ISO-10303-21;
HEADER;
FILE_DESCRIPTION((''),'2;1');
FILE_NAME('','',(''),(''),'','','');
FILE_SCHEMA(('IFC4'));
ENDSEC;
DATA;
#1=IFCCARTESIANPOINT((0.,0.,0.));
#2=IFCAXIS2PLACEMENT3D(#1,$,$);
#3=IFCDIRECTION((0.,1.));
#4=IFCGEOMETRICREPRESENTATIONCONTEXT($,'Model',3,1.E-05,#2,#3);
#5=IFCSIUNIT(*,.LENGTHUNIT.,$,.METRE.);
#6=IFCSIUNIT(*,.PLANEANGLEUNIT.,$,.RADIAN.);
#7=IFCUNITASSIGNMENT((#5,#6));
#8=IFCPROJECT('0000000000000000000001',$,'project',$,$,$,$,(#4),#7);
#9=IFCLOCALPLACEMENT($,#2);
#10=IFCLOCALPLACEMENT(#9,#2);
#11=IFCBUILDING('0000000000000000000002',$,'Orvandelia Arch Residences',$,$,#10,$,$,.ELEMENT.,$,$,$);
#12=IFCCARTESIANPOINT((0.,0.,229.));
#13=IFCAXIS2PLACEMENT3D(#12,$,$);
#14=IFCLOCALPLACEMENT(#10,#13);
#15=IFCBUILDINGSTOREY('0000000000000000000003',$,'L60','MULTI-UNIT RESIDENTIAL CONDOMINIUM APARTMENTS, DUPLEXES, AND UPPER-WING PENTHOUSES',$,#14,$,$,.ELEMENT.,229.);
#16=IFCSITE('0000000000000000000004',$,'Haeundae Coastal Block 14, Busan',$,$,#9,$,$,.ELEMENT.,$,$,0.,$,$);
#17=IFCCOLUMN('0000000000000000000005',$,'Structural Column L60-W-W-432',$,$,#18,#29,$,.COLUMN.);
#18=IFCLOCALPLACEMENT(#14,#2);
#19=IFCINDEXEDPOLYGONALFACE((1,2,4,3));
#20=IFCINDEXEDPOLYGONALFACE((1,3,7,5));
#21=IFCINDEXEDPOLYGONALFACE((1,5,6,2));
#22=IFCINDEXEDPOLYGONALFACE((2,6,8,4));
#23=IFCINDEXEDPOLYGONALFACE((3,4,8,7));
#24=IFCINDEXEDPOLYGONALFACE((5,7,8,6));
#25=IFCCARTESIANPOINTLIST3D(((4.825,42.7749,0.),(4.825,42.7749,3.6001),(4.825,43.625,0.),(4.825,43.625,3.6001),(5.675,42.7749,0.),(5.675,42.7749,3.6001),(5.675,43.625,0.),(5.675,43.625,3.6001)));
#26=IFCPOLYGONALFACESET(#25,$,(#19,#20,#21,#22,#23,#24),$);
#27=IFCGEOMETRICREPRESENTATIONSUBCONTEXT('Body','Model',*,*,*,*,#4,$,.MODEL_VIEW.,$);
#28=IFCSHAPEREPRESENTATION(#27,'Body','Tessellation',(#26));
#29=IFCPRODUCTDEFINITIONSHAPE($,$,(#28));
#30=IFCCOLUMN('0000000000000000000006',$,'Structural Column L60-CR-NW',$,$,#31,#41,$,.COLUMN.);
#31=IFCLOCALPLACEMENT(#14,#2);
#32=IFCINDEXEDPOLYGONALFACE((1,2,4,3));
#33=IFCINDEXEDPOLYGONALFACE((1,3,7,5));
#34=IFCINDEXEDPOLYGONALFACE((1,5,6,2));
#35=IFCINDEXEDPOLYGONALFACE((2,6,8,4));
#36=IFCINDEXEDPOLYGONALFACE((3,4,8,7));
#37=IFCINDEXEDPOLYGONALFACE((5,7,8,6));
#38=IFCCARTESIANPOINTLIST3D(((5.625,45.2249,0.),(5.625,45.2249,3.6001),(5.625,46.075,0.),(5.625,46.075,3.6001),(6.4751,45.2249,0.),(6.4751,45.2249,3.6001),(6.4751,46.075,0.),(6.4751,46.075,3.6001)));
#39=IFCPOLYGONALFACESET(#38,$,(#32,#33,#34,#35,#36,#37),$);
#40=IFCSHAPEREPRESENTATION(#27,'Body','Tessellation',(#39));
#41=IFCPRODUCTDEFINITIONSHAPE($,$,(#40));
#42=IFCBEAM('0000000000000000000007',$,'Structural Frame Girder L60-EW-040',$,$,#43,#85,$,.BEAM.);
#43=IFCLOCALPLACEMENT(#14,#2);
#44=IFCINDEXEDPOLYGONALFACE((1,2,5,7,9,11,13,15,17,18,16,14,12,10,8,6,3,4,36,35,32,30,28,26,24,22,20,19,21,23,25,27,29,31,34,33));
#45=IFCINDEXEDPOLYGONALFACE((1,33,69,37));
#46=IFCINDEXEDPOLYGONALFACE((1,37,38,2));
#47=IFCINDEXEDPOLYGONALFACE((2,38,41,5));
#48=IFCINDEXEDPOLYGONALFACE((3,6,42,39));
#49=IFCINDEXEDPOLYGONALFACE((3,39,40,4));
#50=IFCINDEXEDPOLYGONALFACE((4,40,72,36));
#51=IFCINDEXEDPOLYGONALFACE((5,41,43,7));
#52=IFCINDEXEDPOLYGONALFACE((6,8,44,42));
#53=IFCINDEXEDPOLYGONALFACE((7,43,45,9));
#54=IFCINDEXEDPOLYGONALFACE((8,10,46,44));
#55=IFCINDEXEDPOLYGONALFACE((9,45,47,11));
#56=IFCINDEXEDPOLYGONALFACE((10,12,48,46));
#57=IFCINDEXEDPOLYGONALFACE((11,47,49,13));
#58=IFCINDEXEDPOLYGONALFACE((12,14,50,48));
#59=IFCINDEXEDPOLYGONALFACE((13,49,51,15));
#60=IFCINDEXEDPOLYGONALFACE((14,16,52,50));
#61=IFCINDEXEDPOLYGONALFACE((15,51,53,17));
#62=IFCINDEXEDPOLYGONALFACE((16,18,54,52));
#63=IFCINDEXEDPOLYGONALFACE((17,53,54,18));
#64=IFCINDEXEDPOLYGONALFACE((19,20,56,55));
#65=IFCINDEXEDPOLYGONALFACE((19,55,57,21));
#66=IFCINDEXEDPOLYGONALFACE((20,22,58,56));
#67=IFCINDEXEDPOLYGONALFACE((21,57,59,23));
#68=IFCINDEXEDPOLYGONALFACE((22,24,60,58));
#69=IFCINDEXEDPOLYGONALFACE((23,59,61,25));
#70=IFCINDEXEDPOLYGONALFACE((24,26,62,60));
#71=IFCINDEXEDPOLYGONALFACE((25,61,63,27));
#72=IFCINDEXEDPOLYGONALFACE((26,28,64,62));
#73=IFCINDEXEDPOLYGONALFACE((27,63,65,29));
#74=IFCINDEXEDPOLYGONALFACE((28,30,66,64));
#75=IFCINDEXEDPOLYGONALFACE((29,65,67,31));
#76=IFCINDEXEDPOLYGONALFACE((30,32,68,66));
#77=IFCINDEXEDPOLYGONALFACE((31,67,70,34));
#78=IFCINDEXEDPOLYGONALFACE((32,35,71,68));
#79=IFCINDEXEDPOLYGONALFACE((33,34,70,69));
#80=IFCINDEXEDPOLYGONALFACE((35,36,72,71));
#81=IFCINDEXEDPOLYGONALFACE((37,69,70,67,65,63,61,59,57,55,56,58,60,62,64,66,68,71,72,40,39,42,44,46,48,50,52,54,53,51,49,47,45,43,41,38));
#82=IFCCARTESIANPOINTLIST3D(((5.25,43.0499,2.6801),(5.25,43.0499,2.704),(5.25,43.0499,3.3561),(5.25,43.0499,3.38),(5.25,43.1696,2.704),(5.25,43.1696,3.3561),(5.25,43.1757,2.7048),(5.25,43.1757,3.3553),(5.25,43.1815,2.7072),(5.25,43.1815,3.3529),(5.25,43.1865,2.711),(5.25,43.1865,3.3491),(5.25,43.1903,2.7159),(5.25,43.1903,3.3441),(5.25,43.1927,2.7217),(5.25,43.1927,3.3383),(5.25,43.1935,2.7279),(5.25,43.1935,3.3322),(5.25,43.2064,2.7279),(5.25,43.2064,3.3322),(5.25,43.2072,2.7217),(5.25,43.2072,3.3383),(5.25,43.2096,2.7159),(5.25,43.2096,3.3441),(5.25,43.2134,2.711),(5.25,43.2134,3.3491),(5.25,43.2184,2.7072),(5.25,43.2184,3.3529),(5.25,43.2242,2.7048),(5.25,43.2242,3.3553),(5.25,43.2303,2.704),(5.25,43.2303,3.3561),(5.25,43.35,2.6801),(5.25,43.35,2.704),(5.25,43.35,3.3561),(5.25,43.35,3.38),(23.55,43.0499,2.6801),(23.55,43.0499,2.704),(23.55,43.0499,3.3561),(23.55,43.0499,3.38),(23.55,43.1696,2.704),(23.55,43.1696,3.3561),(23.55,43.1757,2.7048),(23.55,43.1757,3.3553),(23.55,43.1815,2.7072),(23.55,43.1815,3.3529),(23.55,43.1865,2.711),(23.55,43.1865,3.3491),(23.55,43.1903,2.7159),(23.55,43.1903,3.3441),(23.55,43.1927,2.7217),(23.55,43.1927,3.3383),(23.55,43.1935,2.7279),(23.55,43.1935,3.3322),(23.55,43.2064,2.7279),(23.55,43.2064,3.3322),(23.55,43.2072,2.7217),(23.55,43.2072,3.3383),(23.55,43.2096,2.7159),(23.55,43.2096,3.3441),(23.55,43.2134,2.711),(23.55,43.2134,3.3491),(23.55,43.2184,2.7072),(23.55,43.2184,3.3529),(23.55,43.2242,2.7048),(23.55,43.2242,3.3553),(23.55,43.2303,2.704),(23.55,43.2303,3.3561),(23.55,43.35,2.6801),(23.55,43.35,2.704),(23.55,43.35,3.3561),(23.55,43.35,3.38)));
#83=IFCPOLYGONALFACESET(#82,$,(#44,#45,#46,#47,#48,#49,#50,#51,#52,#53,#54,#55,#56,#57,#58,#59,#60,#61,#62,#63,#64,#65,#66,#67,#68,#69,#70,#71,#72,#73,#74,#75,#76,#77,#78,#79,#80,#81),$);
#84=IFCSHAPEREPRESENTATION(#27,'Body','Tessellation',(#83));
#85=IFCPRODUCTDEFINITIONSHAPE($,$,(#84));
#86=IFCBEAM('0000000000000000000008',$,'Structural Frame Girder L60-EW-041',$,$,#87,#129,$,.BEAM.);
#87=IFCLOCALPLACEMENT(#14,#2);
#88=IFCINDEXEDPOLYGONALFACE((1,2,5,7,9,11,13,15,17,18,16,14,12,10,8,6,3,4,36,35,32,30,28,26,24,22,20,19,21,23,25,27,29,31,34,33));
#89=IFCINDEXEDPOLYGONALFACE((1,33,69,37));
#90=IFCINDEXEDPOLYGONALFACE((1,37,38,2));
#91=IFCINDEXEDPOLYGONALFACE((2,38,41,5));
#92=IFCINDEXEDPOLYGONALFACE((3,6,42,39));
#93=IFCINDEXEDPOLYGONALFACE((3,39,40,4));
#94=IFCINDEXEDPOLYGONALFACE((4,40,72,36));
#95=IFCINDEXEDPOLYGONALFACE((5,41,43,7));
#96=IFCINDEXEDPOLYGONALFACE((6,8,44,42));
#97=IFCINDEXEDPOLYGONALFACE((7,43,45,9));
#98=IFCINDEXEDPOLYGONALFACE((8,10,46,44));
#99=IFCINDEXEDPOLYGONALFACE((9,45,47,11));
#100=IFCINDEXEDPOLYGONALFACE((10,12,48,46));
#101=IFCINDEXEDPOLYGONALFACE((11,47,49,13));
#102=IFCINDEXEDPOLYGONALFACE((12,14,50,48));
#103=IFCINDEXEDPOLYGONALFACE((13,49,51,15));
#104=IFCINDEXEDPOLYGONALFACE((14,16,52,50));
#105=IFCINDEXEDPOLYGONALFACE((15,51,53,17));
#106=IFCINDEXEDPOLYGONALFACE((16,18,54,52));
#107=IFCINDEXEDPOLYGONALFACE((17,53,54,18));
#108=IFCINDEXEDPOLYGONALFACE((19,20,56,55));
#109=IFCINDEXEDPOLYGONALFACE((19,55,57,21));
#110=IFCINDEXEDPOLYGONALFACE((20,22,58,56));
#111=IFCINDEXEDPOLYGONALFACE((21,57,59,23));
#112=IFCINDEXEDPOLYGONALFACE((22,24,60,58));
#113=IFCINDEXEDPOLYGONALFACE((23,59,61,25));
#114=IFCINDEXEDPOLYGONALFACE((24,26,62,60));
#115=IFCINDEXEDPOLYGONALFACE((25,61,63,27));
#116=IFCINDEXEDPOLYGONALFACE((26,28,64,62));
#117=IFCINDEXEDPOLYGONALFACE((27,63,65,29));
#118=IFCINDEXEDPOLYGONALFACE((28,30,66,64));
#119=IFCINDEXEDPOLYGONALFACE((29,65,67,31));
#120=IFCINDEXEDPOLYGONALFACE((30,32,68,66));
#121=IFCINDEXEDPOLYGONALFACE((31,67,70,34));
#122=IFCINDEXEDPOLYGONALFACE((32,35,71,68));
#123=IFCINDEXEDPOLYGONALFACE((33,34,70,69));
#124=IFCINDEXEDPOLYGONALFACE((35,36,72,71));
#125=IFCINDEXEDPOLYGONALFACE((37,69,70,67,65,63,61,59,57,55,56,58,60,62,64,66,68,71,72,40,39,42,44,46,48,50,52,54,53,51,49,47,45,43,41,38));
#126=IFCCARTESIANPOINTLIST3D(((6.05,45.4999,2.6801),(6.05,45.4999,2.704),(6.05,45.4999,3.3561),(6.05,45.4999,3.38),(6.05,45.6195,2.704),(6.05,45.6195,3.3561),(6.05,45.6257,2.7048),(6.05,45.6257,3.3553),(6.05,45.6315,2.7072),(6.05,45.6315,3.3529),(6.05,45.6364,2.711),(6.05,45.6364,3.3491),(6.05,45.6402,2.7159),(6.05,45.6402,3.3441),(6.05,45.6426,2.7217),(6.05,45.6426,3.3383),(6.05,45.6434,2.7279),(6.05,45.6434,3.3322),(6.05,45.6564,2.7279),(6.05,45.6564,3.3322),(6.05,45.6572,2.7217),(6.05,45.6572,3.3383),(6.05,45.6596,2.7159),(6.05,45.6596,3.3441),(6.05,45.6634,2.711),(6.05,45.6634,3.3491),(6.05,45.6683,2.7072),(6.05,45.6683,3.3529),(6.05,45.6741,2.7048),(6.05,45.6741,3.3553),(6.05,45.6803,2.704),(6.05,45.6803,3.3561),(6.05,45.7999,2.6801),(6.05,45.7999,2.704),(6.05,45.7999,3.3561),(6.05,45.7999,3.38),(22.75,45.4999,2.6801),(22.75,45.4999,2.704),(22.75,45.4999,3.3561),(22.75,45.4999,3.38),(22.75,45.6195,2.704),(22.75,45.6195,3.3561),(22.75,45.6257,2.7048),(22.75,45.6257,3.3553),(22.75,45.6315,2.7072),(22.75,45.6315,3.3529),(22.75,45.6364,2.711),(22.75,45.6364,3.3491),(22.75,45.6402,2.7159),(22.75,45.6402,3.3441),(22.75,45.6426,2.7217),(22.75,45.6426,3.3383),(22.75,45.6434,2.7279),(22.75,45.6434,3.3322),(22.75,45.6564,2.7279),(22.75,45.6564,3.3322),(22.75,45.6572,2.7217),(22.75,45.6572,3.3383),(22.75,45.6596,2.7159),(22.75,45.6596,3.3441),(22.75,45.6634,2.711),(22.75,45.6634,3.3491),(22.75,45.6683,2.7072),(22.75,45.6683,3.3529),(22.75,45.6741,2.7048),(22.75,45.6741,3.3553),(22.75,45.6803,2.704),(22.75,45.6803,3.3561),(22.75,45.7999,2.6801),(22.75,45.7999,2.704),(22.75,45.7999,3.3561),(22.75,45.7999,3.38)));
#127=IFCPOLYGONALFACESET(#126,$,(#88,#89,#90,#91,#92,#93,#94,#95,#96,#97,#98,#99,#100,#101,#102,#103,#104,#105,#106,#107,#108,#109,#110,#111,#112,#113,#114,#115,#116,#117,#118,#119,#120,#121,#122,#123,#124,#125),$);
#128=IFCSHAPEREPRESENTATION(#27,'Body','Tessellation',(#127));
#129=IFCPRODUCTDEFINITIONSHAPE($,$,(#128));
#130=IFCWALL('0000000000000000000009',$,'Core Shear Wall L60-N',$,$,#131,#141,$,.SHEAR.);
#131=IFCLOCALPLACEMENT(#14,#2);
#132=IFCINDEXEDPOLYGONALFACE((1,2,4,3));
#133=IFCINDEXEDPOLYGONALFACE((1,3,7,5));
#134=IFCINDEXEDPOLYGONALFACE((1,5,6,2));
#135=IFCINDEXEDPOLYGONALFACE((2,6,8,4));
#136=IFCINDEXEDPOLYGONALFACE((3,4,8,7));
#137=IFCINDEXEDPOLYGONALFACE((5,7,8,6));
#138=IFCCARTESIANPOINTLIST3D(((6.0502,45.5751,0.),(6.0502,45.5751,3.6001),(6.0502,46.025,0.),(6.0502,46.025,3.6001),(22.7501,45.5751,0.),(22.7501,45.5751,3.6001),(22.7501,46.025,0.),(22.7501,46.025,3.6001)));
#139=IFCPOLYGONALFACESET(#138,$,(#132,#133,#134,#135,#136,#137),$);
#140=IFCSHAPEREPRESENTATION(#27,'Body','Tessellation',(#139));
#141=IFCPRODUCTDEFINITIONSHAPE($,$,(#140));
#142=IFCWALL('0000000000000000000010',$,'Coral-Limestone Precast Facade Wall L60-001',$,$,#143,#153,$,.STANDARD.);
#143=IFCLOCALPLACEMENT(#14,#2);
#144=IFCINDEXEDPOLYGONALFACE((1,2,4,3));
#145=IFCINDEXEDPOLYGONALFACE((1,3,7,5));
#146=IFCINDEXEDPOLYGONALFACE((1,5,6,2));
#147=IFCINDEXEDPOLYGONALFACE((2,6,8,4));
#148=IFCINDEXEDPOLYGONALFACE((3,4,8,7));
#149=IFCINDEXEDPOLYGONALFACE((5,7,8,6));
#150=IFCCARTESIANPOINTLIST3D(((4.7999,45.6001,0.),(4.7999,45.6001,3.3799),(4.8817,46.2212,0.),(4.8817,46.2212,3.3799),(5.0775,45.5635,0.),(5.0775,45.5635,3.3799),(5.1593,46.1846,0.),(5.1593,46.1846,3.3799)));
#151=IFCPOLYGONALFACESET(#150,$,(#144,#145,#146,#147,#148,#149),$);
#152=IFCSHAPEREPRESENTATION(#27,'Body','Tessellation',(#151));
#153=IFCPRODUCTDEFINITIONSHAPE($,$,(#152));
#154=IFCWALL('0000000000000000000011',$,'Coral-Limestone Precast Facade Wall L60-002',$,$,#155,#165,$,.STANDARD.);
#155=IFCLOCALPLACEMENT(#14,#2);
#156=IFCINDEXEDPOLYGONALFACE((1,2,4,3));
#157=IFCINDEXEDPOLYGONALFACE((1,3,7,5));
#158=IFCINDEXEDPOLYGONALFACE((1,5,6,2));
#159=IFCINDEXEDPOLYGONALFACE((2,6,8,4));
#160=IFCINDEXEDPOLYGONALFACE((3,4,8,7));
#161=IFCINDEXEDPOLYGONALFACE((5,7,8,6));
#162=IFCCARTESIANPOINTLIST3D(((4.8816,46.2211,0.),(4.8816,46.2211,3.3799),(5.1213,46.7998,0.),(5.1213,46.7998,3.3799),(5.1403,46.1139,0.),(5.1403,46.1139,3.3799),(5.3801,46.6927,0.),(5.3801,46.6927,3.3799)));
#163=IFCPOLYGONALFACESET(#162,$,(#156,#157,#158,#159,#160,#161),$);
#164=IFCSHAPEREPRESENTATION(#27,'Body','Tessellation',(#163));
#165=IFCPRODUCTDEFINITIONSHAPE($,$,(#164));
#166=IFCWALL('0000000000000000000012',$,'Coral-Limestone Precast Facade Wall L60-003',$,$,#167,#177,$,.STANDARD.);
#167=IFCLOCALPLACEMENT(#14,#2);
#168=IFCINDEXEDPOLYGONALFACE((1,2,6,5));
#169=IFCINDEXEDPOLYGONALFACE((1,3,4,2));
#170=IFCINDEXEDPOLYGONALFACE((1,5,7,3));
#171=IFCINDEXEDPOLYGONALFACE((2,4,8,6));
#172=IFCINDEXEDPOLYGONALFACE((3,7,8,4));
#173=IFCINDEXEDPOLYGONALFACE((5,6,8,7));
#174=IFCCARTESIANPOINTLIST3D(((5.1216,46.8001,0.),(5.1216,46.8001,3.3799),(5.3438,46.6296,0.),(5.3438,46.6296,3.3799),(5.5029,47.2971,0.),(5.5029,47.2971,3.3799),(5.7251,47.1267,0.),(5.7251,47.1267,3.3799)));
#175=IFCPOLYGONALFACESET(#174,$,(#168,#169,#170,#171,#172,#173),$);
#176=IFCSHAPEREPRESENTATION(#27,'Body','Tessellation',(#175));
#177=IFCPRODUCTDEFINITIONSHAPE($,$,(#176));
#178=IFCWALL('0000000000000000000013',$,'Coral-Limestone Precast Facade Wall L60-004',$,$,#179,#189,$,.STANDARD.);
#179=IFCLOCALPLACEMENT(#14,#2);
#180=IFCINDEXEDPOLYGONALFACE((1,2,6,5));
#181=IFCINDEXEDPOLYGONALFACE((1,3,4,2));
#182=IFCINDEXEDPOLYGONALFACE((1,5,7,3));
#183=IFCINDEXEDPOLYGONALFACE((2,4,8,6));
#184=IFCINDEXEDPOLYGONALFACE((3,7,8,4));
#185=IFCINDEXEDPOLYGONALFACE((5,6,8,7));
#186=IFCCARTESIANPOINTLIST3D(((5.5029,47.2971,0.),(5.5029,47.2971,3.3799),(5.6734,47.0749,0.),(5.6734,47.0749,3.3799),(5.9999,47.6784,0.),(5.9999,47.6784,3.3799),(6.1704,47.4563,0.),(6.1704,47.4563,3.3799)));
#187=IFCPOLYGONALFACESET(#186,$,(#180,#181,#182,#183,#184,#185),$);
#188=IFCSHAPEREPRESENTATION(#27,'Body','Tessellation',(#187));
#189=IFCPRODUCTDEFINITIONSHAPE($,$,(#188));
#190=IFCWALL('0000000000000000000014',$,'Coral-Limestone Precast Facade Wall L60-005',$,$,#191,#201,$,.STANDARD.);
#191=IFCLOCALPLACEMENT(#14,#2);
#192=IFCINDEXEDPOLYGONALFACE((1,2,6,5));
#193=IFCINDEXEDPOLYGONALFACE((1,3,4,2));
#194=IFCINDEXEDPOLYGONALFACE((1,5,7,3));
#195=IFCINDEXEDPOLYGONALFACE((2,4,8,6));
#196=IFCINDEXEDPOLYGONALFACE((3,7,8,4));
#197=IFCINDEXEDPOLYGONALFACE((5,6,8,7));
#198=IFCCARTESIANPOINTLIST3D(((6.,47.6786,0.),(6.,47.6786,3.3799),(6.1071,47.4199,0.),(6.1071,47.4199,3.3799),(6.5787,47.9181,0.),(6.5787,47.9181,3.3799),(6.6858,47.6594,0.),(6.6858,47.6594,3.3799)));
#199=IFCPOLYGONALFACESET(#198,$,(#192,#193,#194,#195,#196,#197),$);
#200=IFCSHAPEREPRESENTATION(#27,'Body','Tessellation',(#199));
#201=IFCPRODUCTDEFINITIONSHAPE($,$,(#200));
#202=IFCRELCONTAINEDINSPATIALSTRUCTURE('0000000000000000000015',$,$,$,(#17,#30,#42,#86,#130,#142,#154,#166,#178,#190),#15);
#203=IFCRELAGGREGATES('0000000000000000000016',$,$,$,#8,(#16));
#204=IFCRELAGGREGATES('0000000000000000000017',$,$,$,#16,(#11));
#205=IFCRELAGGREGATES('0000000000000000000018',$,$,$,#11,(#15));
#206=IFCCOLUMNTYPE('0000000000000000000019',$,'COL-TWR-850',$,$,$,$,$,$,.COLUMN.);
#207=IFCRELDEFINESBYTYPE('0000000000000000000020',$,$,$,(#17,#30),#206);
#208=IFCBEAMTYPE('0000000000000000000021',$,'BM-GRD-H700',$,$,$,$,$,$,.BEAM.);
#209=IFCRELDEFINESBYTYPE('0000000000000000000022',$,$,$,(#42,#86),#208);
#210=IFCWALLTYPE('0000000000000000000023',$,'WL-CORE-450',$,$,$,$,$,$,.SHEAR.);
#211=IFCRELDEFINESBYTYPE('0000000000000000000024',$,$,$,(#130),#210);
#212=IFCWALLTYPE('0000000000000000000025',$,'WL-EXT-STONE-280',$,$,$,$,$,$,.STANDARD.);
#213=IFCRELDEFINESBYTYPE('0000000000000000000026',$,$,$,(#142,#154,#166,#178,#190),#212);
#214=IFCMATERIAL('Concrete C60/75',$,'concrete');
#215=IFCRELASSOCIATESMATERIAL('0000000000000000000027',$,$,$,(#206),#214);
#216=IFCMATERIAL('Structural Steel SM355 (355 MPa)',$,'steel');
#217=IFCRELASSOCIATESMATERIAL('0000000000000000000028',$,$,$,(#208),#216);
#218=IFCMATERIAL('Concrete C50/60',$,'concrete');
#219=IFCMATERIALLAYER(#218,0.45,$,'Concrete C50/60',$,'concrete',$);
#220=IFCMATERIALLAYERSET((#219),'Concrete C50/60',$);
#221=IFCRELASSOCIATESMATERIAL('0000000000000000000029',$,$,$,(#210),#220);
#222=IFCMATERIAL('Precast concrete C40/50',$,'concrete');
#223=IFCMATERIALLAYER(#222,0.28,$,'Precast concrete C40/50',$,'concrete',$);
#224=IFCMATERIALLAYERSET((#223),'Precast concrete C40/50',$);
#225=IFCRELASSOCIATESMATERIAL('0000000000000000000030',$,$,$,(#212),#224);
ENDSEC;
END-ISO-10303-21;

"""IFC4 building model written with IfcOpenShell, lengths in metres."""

from ifc_helpers import new_model, si_unit, direction, frame, frame_2d, origin, origin_2d, place, context, subcontext, project, spatial, rectangle, i_section, extrude, material, layer, layer_set, material_profile, profile_set, type_object, element, save


model = new_model("IFC4")

# Units and contexts
model_context = context("Model", 3, precision=1e-05, world=origin(), true_north=direction((0.0, 1.0)))
body_context = subcontext(model_context, "Body", "Model", "MODEL_VIEW")
ifc_project = project(units=[si_unit("LENGTHUNIT", "METRE"), si_unit("PLANEANGLEUNIT", "RADIAN")], contexts=[model_context])

# Site, building, storey
site_placement = place(None, origin())
site = spatial("IfcSite", under=ifc_project, at=site_placement, Name="Haeundae Coastal Block 14, Busan", CompositionType="ELEMENT", RefElevation=0.0)
building_placement = place(site_placement, origin())
building = spatial("IfcBuilding", under=site, at=building_placement, Name="Orvandelia Arch Residences", CompositionType="ELEMENT")
storey_placement = place(building_placement, frame((0.0, 0.0, 229.0)))
storey = spatial("IfcBuildingStorey", under=building, at=storey_placement, Name="L60", Description="MULTI-UNIT RESIDENTIAL CONDOMINIUM APARTMENTS, DUPLEXES, AND UPPER-WING PENTHOUSES", CompositionType="ELEMENT", Elevation=229.0)

# Columns
ifc_material_1 = material(Name="Concrete C60/75", Category="concrete")
ifc_material_profile_1 = material_profile(ifc_material_1, rectangle(XDim=0.8501, YDim=0.8501, at=origin_2d()), Name="Concrete C60/75", Category="concrete")
ifc_profile_set_1 = profile_set([ifc_material_profile_1], Name="Concrete C60/75")
column_type = type_object("IfcColumnType", Name="COL-TWR-850", PredefinedType="COLUMN", material=ifc_profile_set_1)
for number, where, z_axis, x_axis, name in (
    (1, (5.25, 43.2, 0.0), (0.0, 0.0, 1.0), (1.0, 0.0, 0.0), "Structural Column L60-W-W-432"),
    (2, (6.05, 45.6499, 0.0), (0.0, 0.0, 1.0), (1.0, 0.0, 0.0), "Structural Column L60-CR-NW"),
):
    element("IfcColumn", number, at=place(storey_placement, frame(where, z_axis=z_axis, x_axis=x_axis)), inside=storey, type_object=column_type, Name=name, PredefinedType="COLUMN", context=body_context, shape_type="SweptSolid", body=[
        extrude(rectangle(XDim=0.8501, YDim=0.8501, at=origin_2d()), origin(), (0.0, 0.0, 1.0), 3.6001),
    ])

# Beams
ifc_material_2 = material(Name="Structural Steel SM355 (355 MPa)", Category="steel")
ifc_material_profile_2 = material_profile(ifc_material_2, i_section(OverallWidth=0.3, OverallDepth=0.7, WebThickness=0.0129, FlangeThickness=0.0239, FilletRadius=0.0239, at=origin_2d()), Name="Structural Steel SM355 (355 MPa)", Category="steel")
ifc_profile_set_2 = profile_set([ifc_material_profile_2], Name="Structural Steel SM355 (355 MPa)")
beam_type = type_object("IfcBeamType", Name="BM-GRD-H700", PredefinedType="BEAM", material=ifc_profile_set_2)
beam_1_placement = place(storey_placement, frame((5.25, 43.2, 3.03), z_axis=(1.0, 0.0, 0.0), x_axis=(0.0, 1.0, 0.0)))
element("IfcBeam", 3, at=beam_1_placement, inside=storey, type_object=beam_type, Name="Structural Frame Girder L60-EW-040", PredefinedType="BEAM", context=body_context, shape_type="SweptSolid", body=[
    extrude(i_section(OverallWidth=0.3, OverallDepth=0.7, WebThickness=0.0129, FlangeThickness=0.0239, FilletRadius=0.0239, at=origin_2d()), origin(), (0.0, 0.0, 1.0), 18.3),
])
beam_2_placement = place(storey_placement, frame((6.05, 45.6499, 3.03), z_axis=(1.0, 0.0, 0.0), x_axis=(0.0, 1.0, 0.0)))
element("IfcBeam", 4, at=beam_2_placement, inside=storey, type_object=beam_type, Name="Structural Frame Girder L60-EW-041", PredefinedType="BEAM", context=body_context, shape_type="SweptSolid", body=[
    extrude(i_section(OverallWidth=0.3, OverallDepth=0.7, WebThickness=0.0129, FlangeThickness=0.0239, FilletRadius=0.0239, at=origin_2d()), origin(), (0.0, 0.0, 1.0), 16.7),
])

# Walls
ifc_material_3 = material(Name="Concrete C50/60", Category="concrete")
ifc_layer_1 = layer(ifc_material_3, 0.45, Name="Concrete C50/60", Category="concrete")
ifc_layer_set_1 = layer_set([ifc_layer_1], Name="Concrete C50/60")
wall_type_1 = type_object("IfcWallType", Name="WL-CORE-450", PredefinedType="SHEAR", material=ifc_layer_set_1)
wall_1_placement = place(storey_placement, frame((6.05, 45.8, 0.0), z_axis=(0.0, 0.0, 1.0), x_axis=(1.0, 0.0, 0.0)))
element("IfcWall", 5, at=wall_1_placement, inside=storey, type_object=wall_type_1, Name="Core Shear Wall L60-N", PredefinedType="SHEAR", context=body_context, shape_type="SweptSolid", body=[
    extrude(rectangle(XDim=16.7, YDim=0.45, at=frame_2d((8.3501, 0.0))), origin(), (0.0, 0.0, 1.0), 3.6001),
])
ifc_material_4 = material(Name="Precast concrete C40/50", Category="concrete")
ifc_layer_2 = layer(ifc_material_4, 0.28, Name="Precast concrete C40/50", Category="concrete")
ifc_layer_set_2 = layer_set([ifc_layer_2], Name="Precast concrete C40/50")
wall_type_2 = type_object("IfcWallType", Name="WL-EXT-STONE-280", PredefinedType="STANDARD", material=ifc_layer_set_2)
for number, where, z_axis, x_axis, name in (
    (6, (4.9387, 45.5818, 0.0), (0.0, 0.0, 1.0), (0.130555, 0.991441, 0.0), "Coral-Limestone Precast Facade Wall L60-001"),
    (7, (5.011, 46.1675, 0.0), (0.0, 0.0, 1.0), (0.38265, 0.923893, 0.0), "Coral-Limestone Precast Facade Wall L60-002"),
    (8, (5.2327, 46.7148, 0.0), (0.0, 0.0, 1.0), (0.608693, 0.793406, 0.0), "Coral-Limestone Precast Facade Wall L60-003"),
    (9, (5.5881, 47.186, 0.0), (0.0, 0.0, 1.0), (0.793406, 0.608693, 0.0), "Coral-Limestone Precast Facade Wall L60-004"),
):
    element("IfcWall", number, at=place(storey_placement, frame(where, z_axis=z_axis, x_axis=x_axis)), inside=storey, type_object=wall_type_2, Name=name, PredefinedType="STANDARD", context=body_context, shape_type="SweptSolid", body=[
        extrude(rectangle(XDim=0.6265, YDim=0.28, at=frame_2d((0.3132, 0.0))), origin(), (0.0, 0.0, 1.0), 3.3799),
    ])
wall_2_placement = place(storey_placement, frame((6.0537, 47.5493, 0.0), z_axis=(0.0, 0.0, 1.0), x_axis=(0.923974, 0.382455, 0.0)))
element("IfcWall", 10, at=wall_2_placement, inside=storey, type_object=wall_type_2, Name="Coral-Limestone Precast Facade Wall L60-005", PredefinedType="STANDARD", context=body_context, shape_type="SweptSolid", body=[
    extrude(rectangle(XDim=0.6262, YDim=0.28, at=frame_2d((0.313, 0.0))), origin(), (0.0, 0.0, 1.0), 3.3799),
])

save(model, "model.ifc")
